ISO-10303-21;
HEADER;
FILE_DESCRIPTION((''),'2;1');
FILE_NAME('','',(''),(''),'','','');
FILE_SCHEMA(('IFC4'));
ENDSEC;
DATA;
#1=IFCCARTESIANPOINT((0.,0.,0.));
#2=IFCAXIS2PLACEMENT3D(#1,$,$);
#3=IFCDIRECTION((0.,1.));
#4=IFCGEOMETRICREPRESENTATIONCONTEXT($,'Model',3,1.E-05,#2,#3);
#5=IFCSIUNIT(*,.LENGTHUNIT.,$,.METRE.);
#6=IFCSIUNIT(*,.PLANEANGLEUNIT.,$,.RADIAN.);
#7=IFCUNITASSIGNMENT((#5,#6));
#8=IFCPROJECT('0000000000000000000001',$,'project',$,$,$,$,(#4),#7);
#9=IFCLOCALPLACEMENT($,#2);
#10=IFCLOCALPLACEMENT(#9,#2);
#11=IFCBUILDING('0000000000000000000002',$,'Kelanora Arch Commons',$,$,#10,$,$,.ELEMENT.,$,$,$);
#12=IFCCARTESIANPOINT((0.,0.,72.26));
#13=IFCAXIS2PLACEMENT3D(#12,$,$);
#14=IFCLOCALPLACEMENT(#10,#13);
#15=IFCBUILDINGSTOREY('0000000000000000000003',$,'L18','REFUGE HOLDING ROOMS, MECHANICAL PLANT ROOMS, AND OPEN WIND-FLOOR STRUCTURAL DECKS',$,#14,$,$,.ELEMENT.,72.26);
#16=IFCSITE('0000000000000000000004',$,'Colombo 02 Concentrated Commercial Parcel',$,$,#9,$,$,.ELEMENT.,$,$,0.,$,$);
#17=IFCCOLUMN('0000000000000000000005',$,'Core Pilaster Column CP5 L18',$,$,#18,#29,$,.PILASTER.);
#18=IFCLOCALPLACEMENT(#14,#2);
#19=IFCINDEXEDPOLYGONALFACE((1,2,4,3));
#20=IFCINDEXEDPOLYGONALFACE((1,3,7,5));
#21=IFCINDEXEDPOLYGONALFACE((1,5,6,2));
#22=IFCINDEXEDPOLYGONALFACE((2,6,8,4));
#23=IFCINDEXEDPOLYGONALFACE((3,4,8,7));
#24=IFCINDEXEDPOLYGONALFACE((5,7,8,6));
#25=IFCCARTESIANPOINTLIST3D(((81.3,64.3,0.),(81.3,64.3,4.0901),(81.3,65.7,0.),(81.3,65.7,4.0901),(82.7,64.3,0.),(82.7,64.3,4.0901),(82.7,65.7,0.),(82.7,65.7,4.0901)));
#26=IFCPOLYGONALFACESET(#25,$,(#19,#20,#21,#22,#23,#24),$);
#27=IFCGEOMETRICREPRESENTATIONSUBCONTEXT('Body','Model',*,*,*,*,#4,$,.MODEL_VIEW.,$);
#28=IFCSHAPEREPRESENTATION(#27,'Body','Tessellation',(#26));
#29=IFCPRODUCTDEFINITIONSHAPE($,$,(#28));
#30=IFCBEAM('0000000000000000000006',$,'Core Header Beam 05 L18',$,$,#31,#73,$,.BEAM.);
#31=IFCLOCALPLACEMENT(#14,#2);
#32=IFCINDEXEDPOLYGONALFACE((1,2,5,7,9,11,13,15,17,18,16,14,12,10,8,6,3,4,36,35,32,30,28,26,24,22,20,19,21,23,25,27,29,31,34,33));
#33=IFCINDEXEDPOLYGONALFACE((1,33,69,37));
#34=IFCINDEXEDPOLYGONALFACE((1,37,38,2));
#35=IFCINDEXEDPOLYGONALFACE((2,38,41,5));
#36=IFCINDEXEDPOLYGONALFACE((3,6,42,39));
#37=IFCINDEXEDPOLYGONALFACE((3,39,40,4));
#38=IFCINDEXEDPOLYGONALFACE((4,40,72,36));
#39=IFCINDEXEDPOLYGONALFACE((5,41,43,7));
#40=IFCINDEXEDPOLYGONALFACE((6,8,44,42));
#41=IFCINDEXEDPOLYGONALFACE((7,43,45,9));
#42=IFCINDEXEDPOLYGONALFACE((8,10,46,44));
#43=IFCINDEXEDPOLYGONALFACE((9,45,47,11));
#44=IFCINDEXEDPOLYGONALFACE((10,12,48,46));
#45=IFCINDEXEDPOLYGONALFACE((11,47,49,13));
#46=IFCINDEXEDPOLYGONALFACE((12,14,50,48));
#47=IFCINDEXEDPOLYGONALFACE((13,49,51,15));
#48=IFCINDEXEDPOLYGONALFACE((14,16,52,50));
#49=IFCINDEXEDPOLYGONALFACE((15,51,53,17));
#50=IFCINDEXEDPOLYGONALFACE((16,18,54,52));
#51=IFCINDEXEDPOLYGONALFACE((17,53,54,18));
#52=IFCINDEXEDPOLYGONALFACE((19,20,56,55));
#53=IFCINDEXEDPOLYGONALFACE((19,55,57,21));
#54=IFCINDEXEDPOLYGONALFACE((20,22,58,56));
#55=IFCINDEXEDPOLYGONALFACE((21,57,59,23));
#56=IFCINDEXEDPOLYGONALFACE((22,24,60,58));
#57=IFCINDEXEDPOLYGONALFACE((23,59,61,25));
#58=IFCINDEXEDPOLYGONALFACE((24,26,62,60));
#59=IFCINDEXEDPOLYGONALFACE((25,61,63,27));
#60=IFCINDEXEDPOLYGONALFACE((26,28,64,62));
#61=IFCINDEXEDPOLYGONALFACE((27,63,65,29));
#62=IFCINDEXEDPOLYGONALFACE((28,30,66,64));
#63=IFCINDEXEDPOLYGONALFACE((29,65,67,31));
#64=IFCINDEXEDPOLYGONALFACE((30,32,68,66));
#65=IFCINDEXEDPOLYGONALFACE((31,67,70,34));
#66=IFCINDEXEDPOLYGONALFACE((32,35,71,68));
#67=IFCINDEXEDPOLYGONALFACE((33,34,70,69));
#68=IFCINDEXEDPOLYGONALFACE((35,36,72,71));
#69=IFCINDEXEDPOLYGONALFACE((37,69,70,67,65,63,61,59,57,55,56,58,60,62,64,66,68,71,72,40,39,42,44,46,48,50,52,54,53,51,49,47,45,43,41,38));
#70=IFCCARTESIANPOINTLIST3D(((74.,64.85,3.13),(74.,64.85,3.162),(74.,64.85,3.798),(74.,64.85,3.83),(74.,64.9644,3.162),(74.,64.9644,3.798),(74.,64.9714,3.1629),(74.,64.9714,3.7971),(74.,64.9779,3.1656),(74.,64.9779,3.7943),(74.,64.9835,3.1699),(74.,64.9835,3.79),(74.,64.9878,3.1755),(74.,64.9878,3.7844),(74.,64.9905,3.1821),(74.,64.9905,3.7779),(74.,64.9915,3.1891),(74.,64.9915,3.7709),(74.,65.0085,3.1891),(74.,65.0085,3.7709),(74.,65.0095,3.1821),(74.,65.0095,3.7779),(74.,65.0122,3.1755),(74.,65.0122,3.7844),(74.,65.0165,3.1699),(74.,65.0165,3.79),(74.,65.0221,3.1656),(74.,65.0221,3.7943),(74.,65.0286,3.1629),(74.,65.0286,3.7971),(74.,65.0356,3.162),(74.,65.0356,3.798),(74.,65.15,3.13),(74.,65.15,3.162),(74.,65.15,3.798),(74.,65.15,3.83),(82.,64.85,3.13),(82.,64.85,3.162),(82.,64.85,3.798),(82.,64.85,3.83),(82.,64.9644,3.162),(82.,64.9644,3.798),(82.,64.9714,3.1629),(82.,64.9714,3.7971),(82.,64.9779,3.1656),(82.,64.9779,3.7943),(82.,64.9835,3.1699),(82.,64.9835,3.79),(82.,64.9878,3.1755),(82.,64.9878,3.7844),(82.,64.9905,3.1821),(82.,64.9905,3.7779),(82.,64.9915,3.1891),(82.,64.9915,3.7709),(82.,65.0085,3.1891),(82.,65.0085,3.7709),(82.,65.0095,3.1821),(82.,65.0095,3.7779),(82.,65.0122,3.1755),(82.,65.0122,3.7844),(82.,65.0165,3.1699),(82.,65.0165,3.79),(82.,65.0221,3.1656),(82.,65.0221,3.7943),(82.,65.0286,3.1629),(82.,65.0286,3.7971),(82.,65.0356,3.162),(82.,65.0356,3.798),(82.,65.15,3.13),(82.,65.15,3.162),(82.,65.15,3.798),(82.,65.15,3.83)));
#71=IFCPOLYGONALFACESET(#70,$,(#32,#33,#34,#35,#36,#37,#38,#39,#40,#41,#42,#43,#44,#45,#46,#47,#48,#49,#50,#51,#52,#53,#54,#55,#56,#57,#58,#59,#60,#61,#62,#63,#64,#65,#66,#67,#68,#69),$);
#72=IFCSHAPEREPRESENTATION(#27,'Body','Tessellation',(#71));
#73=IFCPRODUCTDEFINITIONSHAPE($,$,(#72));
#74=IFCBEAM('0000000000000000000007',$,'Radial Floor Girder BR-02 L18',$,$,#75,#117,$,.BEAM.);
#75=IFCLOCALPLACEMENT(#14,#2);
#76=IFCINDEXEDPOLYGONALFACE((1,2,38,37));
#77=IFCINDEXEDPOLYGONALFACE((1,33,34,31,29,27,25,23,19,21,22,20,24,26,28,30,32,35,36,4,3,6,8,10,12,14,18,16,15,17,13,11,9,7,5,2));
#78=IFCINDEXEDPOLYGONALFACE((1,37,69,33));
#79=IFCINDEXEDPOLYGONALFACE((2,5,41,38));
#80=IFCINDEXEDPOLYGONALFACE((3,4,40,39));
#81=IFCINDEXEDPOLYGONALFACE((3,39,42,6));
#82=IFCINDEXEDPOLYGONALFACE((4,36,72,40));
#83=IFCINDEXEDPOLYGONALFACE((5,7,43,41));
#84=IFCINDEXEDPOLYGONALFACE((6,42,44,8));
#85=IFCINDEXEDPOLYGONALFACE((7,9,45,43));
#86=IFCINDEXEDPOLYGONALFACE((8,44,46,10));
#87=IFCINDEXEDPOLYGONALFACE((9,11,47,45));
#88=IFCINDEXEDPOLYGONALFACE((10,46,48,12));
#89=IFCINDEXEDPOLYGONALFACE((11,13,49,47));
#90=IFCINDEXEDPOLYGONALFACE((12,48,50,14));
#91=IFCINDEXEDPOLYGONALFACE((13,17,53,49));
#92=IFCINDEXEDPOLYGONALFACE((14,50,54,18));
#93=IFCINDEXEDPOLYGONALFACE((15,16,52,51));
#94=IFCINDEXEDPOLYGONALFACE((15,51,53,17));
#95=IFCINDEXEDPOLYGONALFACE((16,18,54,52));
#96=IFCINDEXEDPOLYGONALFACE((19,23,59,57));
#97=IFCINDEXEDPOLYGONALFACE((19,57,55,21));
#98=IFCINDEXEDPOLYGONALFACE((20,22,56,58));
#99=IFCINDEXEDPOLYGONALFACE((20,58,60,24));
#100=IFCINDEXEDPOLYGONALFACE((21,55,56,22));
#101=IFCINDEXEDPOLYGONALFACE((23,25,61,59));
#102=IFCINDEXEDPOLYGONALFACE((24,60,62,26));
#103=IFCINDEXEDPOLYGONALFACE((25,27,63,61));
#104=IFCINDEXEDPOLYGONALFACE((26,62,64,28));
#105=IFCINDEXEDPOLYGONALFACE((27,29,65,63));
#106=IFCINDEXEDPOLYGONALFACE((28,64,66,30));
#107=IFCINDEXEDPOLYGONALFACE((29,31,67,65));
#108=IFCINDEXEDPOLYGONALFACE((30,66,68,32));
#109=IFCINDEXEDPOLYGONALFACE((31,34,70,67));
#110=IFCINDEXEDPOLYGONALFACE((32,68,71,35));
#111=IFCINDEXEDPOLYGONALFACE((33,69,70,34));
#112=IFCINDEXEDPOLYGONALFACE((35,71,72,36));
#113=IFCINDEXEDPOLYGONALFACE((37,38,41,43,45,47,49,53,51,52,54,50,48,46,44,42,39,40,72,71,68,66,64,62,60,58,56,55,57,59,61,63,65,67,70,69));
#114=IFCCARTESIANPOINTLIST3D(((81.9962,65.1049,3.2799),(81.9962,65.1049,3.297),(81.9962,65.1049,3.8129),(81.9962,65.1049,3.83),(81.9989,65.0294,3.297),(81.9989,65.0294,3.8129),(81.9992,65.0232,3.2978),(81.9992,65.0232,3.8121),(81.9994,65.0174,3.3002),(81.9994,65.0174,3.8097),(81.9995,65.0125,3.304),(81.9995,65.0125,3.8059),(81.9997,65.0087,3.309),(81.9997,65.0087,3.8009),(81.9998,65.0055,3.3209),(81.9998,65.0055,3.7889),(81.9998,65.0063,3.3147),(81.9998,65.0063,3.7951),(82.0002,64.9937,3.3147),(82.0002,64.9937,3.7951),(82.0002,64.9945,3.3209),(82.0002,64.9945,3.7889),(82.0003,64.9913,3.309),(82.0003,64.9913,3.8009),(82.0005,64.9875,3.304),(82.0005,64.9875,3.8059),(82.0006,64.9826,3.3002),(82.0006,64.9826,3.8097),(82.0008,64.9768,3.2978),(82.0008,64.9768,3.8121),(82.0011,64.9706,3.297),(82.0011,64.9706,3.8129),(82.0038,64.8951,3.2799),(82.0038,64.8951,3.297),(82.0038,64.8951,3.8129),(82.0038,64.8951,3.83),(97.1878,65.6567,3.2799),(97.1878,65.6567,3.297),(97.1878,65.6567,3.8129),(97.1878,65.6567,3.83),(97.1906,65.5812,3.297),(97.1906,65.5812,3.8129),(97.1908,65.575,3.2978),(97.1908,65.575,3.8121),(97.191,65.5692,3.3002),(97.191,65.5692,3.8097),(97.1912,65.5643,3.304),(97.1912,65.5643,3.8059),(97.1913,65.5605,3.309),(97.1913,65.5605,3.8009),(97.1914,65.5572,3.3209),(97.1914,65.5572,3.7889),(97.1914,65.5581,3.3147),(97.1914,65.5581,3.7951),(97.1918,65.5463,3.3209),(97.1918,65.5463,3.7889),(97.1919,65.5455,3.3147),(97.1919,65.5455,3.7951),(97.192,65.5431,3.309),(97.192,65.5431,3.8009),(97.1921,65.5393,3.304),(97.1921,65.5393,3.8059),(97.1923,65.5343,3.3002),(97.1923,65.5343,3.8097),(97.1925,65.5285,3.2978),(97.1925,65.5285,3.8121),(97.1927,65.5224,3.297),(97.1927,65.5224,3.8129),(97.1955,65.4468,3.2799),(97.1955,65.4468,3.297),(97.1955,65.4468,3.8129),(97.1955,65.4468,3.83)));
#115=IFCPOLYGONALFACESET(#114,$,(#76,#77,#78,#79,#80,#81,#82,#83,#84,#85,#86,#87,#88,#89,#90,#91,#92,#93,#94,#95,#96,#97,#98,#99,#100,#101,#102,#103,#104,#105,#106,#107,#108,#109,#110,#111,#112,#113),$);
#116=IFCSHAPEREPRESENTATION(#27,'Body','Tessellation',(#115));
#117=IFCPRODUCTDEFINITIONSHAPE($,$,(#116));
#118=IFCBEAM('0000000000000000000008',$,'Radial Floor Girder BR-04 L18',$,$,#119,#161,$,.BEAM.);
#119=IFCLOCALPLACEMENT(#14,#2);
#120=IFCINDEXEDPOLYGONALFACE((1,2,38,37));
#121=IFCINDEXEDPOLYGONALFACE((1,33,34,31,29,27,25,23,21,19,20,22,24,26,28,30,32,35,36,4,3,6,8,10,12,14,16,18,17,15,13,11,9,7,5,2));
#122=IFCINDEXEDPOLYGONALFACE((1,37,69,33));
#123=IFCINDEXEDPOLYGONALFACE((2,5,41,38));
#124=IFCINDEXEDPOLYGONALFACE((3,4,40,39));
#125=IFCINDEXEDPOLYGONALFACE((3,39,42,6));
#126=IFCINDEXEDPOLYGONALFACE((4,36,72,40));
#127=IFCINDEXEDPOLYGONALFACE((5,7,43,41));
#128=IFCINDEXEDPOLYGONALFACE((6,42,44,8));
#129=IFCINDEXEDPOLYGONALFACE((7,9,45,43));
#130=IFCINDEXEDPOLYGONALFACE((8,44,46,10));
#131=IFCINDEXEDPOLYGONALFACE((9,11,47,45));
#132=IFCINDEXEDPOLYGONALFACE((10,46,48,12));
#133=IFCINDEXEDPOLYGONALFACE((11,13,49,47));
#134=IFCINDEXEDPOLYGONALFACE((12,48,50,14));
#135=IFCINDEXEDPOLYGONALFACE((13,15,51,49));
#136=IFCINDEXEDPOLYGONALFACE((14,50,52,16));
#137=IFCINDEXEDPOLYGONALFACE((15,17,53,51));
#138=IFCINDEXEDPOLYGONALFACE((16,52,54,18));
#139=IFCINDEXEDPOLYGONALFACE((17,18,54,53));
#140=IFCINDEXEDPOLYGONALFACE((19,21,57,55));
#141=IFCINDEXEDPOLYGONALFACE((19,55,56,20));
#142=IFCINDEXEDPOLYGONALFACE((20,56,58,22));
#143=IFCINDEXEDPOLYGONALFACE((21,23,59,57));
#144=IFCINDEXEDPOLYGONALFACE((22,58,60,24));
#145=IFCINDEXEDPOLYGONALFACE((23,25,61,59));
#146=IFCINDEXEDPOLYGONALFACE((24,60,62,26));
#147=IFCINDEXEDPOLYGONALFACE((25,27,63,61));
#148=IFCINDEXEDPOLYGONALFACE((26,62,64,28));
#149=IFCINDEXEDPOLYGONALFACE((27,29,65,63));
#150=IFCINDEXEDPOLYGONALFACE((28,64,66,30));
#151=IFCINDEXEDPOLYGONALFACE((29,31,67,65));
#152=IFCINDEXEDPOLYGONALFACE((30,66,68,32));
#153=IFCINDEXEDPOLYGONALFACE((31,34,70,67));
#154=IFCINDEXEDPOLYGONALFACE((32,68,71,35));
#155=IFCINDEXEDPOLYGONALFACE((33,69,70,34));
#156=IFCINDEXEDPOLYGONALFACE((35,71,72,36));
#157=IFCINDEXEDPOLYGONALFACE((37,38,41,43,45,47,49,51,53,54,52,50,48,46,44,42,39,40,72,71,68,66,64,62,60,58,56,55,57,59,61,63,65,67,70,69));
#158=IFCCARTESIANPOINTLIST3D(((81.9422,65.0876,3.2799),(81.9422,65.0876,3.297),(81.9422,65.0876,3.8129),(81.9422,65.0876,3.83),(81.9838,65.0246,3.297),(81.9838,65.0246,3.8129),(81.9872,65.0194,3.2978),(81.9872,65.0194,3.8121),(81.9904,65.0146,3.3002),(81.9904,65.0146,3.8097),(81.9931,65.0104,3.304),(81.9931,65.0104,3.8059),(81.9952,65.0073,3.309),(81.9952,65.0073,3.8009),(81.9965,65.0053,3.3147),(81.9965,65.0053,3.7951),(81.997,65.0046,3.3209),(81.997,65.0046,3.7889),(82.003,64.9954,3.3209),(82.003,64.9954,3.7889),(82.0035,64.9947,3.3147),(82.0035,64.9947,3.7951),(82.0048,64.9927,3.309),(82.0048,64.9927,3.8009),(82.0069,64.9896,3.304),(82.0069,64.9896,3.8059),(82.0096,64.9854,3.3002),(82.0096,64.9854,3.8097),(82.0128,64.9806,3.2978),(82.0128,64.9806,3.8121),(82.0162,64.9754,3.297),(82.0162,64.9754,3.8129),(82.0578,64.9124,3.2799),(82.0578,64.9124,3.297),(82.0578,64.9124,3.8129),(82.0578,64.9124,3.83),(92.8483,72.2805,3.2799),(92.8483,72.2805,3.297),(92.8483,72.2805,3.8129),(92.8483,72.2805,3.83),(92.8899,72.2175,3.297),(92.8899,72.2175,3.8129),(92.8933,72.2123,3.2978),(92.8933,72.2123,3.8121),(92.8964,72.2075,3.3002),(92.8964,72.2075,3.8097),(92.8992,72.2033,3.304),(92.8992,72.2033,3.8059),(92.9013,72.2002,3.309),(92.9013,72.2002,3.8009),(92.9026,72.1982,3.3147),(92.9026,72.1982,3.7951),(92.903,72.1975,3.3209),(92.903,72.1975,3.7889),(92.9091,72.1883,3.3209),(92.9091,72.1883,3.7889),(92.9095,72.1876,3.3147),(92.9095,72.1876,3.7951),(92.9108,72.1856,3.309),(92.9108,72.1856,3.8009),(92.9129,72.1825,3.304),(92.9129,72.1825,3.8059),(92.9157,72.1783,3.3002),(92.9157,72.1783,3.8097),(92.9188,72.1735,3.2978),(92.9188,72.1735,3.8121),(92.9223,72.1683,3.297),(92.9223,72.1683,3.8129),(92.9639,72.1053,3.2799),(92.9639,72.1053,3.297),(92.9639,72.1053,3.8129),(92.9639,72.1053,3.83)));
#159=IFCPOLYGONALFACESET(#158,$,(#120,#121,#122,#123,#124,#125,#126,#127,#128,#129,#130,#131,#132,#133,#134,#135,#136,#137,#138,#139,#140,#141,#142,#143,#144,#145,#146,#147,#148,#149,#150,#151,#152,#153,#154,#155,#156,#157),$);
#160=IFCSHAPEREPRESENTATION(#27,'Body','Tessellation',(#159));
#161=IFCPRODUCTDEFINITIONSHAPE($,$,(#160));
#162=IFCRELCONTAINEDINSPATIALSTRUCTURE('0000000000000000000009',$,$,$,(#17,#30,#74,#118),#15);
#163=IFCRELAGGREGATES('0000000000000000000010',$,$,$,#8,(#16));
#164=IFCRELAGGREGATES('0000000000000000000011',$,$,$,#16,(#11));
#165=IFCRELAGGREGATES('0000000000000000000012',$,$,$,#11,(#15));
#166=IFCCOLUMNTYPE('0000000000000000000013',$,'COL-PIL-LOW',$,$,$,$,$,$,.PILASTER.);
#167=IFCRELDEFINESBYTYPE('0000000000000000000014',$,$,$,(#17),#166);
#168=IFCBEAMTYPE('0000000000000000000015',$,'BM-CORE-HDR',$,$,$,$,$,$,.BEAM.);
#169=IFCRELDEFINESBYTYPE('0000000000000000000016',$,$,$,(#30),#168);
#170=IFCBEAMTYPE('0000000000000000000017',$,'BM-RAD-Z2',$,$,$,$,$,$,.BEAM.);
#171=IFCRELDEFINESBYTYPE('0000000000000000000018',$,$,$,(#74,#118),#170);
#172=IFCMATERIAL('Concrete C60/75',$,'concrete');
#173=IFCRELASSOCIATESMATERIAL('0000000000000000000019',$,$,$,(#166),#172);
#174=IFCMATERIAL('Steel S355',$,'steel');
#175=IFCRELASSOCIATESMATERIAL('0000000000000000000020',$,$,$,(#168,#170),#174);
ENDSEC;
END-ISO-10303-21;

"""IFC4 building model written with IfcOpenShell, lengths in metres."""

from ifc_helpers import new_model, si_unit, direction, frame, origin, origin_2d, place, context, subcontext, project, spatial, rectangle, i_section, extrude, material, material_profile, profile_set, type_object, element, save


model = new_model("IFC4")

# Units and contexts
model_context = context("Model", 3, precision=1e-05, world=origin(), true_north=direction((0.0, 1.0)))
body_context = subcontext(model_context, "Body", "Model", "MODEL_VIEW")
ifc_project = project(units=[si_unit("LENGTHUNIT", "METRE"), si_unit("PLANEANGLEUNIT", "RADIAN")], contexts=[model_context])

# Site, building, storey
site_placement = place(None, origin())
site = spatial("IfcSite", under=ifc_project, at=site_placement, Name="Colombo 02 Concentrated Commercial Parcel", CompositionType="ELEMENT", RefElevation=0.0)
building_placement = place(site_placement, origin())
building = spatial("IfcBuilding", under=site, at=building_placement, Name="Kelanora Arch Commons", CompositionType="ELEMENT")
storey_placement = place(building_placement, frame((0.0, 0.0, 72.26)))
storey = spatial("IfcBuildingStorey", under=building, at=storey_placement, Name="L18", Description="REFUGE HOLDING ROOMS, MECHANICAL PLANT ROOMS, AND OPEN WIND-FLOOR STRUCTURAL DECKS", CompositionType="ELEMENT", Elevation=72.26)

# Column
ifc_material_1 = material(Name="Concrete C60/75", Category="concrete")
ifc_material_profile_1 = material_profile(ifc_material_1, rectangle(XDim=1.3999, YDim=1.3999, at=origin_2d()), Name="RC1400x1400")
ifc_profile_set_1 = profile_set([ifc_material_profile_1], Name="Concrete C60/75")
column_type = type_object("IfcColumnType", Name="COL-PIL-LOW", PredefinedType="PILASTER", material=ifc_profile_set_1)
column_placement = place(storey_placement, frame((82.0, 65.0, 0.0), z_axis=(0.0, 0.0, 1.0), x_axis=(1.0, 0.0, 0.0)))
element("IfcColumn", 1, at=column_placement, inside=storey, type_object=column_type, Name="Core Pilaster Column CP5 L18", PredefinedType="PILASTER", context=body_context, shape_type="SweptSolid", body=[
    extrude(rectangle(XDim=1.3999, YDim=1.3999, at=origin_2d()), origin(), (0.0, 0.0, 1.0), 4.0901),
])

# Beams
ifc_material_2 = material(Name="Steel S355", Category="steel")
ifc_material_profile_2 = material_profile(ifc_material_2, i_section(OverallWidth=0.3, OverallDepth=0.7, WebThickness=0.0171, FlangeThickness=0.032, FilletRadius=0.0271, at=origin_2d()), Name="HEB700")
ifc_profile_set_2 = profile_set([ifc_material_profile_2], Name="Steel S355")
beam_type_1 = type_object("IfcBeamType", Name="BM-CORE-HDR", PredefinedType="BEAM", material=ifc_profile_set_2)
beam_1_placement = place(storey_placement, frame((82.0, 65.0, 3.48), z_axis=(-1.0, 0.0, 0.0), x_axis=(0.0, -1.0, 0.0)))
element("IfcBeam", 2, at=beam_1_placement, inside=storey, type_object=beam_type_1, Name="Core Header Beam 05 L18", PredefinedType="BEAM", context=body_context, shape_type="SweptSolid", body=[
    extrude(i_section(OverallWidth=0.3, OverallDepth=0.7, WebThickness=0.0171, FlangeThickness=0.032, FilletRadius=0.0271, at=origin_2d()), origin(), (0.0, 0.0, 1.0), 8.0),
])
ifc_material_profile_3 = material_profile(ifc_material_2, i_section(OverallWidth=0.21, OverallDepth=0.55, WebThickness=0.011, FlangeThickness=0.0171, FilletRadius=0.0239, at=origin_2d()), Name="IPE550")
ifc_profile_set_3 = profile_set([ifc_material_profile_3], Name="Steel S355")
beam_type_2 = type_object("IfcBeamType", Name="BM-RAD-Z2", PredefinedType="BEAM", material=ifc_profile_set_3)
beam_2_placement = place(storey_placement, frame((82.0, 65.0, 3.5549), z_axis=(0.999341, 0.036296, 0.0), x_axis=(-0.036296, 0.999341, 0.0)))
element("IfcBeam", 3, at=beam_2_placement, inside=storey, type_object=beam_type_2, Name="Radial Floor Girder BR-02 L18", PredefinedType="BEAM", context=body_context, shape_type="SweptSolid", body=[
    extrude(i_section(OverallWidth=0.21, OverallDepth=0.55, WebThickness=0.011, FlangeThickness=0.0171, FilletRadius=0.0239, at=origin_2d()), origin(), (0.0, 0.0, 1.0), 15.2017),
])
beam_3_placement = place(storey_placement, frame((82.0, 65.0, 3.5549), z_axis=(0.834789, 0.550571, 0.0), x_axis=(-0.550571, 0.834789, 0.0)))
element("IfcBeam", 4, at=beam_3_placement, inside=storey, type_object=beam_type_2, Name="Radial Floor Girder BR-04 L18", PredefinedType="BEAM", context=body_context, shape_type="SweptSolid", body=[
    extrude(i_section(OverallWidth=0.21, OverallDepth=0.55, WebThickness=0.011, FlangeThickness=0.0171, FilletRadius=0.0239, at=origin_2d()), origin(), (0.0, 0.0, 1.0), 13.0645),
])

save(model, "model.ifc")
